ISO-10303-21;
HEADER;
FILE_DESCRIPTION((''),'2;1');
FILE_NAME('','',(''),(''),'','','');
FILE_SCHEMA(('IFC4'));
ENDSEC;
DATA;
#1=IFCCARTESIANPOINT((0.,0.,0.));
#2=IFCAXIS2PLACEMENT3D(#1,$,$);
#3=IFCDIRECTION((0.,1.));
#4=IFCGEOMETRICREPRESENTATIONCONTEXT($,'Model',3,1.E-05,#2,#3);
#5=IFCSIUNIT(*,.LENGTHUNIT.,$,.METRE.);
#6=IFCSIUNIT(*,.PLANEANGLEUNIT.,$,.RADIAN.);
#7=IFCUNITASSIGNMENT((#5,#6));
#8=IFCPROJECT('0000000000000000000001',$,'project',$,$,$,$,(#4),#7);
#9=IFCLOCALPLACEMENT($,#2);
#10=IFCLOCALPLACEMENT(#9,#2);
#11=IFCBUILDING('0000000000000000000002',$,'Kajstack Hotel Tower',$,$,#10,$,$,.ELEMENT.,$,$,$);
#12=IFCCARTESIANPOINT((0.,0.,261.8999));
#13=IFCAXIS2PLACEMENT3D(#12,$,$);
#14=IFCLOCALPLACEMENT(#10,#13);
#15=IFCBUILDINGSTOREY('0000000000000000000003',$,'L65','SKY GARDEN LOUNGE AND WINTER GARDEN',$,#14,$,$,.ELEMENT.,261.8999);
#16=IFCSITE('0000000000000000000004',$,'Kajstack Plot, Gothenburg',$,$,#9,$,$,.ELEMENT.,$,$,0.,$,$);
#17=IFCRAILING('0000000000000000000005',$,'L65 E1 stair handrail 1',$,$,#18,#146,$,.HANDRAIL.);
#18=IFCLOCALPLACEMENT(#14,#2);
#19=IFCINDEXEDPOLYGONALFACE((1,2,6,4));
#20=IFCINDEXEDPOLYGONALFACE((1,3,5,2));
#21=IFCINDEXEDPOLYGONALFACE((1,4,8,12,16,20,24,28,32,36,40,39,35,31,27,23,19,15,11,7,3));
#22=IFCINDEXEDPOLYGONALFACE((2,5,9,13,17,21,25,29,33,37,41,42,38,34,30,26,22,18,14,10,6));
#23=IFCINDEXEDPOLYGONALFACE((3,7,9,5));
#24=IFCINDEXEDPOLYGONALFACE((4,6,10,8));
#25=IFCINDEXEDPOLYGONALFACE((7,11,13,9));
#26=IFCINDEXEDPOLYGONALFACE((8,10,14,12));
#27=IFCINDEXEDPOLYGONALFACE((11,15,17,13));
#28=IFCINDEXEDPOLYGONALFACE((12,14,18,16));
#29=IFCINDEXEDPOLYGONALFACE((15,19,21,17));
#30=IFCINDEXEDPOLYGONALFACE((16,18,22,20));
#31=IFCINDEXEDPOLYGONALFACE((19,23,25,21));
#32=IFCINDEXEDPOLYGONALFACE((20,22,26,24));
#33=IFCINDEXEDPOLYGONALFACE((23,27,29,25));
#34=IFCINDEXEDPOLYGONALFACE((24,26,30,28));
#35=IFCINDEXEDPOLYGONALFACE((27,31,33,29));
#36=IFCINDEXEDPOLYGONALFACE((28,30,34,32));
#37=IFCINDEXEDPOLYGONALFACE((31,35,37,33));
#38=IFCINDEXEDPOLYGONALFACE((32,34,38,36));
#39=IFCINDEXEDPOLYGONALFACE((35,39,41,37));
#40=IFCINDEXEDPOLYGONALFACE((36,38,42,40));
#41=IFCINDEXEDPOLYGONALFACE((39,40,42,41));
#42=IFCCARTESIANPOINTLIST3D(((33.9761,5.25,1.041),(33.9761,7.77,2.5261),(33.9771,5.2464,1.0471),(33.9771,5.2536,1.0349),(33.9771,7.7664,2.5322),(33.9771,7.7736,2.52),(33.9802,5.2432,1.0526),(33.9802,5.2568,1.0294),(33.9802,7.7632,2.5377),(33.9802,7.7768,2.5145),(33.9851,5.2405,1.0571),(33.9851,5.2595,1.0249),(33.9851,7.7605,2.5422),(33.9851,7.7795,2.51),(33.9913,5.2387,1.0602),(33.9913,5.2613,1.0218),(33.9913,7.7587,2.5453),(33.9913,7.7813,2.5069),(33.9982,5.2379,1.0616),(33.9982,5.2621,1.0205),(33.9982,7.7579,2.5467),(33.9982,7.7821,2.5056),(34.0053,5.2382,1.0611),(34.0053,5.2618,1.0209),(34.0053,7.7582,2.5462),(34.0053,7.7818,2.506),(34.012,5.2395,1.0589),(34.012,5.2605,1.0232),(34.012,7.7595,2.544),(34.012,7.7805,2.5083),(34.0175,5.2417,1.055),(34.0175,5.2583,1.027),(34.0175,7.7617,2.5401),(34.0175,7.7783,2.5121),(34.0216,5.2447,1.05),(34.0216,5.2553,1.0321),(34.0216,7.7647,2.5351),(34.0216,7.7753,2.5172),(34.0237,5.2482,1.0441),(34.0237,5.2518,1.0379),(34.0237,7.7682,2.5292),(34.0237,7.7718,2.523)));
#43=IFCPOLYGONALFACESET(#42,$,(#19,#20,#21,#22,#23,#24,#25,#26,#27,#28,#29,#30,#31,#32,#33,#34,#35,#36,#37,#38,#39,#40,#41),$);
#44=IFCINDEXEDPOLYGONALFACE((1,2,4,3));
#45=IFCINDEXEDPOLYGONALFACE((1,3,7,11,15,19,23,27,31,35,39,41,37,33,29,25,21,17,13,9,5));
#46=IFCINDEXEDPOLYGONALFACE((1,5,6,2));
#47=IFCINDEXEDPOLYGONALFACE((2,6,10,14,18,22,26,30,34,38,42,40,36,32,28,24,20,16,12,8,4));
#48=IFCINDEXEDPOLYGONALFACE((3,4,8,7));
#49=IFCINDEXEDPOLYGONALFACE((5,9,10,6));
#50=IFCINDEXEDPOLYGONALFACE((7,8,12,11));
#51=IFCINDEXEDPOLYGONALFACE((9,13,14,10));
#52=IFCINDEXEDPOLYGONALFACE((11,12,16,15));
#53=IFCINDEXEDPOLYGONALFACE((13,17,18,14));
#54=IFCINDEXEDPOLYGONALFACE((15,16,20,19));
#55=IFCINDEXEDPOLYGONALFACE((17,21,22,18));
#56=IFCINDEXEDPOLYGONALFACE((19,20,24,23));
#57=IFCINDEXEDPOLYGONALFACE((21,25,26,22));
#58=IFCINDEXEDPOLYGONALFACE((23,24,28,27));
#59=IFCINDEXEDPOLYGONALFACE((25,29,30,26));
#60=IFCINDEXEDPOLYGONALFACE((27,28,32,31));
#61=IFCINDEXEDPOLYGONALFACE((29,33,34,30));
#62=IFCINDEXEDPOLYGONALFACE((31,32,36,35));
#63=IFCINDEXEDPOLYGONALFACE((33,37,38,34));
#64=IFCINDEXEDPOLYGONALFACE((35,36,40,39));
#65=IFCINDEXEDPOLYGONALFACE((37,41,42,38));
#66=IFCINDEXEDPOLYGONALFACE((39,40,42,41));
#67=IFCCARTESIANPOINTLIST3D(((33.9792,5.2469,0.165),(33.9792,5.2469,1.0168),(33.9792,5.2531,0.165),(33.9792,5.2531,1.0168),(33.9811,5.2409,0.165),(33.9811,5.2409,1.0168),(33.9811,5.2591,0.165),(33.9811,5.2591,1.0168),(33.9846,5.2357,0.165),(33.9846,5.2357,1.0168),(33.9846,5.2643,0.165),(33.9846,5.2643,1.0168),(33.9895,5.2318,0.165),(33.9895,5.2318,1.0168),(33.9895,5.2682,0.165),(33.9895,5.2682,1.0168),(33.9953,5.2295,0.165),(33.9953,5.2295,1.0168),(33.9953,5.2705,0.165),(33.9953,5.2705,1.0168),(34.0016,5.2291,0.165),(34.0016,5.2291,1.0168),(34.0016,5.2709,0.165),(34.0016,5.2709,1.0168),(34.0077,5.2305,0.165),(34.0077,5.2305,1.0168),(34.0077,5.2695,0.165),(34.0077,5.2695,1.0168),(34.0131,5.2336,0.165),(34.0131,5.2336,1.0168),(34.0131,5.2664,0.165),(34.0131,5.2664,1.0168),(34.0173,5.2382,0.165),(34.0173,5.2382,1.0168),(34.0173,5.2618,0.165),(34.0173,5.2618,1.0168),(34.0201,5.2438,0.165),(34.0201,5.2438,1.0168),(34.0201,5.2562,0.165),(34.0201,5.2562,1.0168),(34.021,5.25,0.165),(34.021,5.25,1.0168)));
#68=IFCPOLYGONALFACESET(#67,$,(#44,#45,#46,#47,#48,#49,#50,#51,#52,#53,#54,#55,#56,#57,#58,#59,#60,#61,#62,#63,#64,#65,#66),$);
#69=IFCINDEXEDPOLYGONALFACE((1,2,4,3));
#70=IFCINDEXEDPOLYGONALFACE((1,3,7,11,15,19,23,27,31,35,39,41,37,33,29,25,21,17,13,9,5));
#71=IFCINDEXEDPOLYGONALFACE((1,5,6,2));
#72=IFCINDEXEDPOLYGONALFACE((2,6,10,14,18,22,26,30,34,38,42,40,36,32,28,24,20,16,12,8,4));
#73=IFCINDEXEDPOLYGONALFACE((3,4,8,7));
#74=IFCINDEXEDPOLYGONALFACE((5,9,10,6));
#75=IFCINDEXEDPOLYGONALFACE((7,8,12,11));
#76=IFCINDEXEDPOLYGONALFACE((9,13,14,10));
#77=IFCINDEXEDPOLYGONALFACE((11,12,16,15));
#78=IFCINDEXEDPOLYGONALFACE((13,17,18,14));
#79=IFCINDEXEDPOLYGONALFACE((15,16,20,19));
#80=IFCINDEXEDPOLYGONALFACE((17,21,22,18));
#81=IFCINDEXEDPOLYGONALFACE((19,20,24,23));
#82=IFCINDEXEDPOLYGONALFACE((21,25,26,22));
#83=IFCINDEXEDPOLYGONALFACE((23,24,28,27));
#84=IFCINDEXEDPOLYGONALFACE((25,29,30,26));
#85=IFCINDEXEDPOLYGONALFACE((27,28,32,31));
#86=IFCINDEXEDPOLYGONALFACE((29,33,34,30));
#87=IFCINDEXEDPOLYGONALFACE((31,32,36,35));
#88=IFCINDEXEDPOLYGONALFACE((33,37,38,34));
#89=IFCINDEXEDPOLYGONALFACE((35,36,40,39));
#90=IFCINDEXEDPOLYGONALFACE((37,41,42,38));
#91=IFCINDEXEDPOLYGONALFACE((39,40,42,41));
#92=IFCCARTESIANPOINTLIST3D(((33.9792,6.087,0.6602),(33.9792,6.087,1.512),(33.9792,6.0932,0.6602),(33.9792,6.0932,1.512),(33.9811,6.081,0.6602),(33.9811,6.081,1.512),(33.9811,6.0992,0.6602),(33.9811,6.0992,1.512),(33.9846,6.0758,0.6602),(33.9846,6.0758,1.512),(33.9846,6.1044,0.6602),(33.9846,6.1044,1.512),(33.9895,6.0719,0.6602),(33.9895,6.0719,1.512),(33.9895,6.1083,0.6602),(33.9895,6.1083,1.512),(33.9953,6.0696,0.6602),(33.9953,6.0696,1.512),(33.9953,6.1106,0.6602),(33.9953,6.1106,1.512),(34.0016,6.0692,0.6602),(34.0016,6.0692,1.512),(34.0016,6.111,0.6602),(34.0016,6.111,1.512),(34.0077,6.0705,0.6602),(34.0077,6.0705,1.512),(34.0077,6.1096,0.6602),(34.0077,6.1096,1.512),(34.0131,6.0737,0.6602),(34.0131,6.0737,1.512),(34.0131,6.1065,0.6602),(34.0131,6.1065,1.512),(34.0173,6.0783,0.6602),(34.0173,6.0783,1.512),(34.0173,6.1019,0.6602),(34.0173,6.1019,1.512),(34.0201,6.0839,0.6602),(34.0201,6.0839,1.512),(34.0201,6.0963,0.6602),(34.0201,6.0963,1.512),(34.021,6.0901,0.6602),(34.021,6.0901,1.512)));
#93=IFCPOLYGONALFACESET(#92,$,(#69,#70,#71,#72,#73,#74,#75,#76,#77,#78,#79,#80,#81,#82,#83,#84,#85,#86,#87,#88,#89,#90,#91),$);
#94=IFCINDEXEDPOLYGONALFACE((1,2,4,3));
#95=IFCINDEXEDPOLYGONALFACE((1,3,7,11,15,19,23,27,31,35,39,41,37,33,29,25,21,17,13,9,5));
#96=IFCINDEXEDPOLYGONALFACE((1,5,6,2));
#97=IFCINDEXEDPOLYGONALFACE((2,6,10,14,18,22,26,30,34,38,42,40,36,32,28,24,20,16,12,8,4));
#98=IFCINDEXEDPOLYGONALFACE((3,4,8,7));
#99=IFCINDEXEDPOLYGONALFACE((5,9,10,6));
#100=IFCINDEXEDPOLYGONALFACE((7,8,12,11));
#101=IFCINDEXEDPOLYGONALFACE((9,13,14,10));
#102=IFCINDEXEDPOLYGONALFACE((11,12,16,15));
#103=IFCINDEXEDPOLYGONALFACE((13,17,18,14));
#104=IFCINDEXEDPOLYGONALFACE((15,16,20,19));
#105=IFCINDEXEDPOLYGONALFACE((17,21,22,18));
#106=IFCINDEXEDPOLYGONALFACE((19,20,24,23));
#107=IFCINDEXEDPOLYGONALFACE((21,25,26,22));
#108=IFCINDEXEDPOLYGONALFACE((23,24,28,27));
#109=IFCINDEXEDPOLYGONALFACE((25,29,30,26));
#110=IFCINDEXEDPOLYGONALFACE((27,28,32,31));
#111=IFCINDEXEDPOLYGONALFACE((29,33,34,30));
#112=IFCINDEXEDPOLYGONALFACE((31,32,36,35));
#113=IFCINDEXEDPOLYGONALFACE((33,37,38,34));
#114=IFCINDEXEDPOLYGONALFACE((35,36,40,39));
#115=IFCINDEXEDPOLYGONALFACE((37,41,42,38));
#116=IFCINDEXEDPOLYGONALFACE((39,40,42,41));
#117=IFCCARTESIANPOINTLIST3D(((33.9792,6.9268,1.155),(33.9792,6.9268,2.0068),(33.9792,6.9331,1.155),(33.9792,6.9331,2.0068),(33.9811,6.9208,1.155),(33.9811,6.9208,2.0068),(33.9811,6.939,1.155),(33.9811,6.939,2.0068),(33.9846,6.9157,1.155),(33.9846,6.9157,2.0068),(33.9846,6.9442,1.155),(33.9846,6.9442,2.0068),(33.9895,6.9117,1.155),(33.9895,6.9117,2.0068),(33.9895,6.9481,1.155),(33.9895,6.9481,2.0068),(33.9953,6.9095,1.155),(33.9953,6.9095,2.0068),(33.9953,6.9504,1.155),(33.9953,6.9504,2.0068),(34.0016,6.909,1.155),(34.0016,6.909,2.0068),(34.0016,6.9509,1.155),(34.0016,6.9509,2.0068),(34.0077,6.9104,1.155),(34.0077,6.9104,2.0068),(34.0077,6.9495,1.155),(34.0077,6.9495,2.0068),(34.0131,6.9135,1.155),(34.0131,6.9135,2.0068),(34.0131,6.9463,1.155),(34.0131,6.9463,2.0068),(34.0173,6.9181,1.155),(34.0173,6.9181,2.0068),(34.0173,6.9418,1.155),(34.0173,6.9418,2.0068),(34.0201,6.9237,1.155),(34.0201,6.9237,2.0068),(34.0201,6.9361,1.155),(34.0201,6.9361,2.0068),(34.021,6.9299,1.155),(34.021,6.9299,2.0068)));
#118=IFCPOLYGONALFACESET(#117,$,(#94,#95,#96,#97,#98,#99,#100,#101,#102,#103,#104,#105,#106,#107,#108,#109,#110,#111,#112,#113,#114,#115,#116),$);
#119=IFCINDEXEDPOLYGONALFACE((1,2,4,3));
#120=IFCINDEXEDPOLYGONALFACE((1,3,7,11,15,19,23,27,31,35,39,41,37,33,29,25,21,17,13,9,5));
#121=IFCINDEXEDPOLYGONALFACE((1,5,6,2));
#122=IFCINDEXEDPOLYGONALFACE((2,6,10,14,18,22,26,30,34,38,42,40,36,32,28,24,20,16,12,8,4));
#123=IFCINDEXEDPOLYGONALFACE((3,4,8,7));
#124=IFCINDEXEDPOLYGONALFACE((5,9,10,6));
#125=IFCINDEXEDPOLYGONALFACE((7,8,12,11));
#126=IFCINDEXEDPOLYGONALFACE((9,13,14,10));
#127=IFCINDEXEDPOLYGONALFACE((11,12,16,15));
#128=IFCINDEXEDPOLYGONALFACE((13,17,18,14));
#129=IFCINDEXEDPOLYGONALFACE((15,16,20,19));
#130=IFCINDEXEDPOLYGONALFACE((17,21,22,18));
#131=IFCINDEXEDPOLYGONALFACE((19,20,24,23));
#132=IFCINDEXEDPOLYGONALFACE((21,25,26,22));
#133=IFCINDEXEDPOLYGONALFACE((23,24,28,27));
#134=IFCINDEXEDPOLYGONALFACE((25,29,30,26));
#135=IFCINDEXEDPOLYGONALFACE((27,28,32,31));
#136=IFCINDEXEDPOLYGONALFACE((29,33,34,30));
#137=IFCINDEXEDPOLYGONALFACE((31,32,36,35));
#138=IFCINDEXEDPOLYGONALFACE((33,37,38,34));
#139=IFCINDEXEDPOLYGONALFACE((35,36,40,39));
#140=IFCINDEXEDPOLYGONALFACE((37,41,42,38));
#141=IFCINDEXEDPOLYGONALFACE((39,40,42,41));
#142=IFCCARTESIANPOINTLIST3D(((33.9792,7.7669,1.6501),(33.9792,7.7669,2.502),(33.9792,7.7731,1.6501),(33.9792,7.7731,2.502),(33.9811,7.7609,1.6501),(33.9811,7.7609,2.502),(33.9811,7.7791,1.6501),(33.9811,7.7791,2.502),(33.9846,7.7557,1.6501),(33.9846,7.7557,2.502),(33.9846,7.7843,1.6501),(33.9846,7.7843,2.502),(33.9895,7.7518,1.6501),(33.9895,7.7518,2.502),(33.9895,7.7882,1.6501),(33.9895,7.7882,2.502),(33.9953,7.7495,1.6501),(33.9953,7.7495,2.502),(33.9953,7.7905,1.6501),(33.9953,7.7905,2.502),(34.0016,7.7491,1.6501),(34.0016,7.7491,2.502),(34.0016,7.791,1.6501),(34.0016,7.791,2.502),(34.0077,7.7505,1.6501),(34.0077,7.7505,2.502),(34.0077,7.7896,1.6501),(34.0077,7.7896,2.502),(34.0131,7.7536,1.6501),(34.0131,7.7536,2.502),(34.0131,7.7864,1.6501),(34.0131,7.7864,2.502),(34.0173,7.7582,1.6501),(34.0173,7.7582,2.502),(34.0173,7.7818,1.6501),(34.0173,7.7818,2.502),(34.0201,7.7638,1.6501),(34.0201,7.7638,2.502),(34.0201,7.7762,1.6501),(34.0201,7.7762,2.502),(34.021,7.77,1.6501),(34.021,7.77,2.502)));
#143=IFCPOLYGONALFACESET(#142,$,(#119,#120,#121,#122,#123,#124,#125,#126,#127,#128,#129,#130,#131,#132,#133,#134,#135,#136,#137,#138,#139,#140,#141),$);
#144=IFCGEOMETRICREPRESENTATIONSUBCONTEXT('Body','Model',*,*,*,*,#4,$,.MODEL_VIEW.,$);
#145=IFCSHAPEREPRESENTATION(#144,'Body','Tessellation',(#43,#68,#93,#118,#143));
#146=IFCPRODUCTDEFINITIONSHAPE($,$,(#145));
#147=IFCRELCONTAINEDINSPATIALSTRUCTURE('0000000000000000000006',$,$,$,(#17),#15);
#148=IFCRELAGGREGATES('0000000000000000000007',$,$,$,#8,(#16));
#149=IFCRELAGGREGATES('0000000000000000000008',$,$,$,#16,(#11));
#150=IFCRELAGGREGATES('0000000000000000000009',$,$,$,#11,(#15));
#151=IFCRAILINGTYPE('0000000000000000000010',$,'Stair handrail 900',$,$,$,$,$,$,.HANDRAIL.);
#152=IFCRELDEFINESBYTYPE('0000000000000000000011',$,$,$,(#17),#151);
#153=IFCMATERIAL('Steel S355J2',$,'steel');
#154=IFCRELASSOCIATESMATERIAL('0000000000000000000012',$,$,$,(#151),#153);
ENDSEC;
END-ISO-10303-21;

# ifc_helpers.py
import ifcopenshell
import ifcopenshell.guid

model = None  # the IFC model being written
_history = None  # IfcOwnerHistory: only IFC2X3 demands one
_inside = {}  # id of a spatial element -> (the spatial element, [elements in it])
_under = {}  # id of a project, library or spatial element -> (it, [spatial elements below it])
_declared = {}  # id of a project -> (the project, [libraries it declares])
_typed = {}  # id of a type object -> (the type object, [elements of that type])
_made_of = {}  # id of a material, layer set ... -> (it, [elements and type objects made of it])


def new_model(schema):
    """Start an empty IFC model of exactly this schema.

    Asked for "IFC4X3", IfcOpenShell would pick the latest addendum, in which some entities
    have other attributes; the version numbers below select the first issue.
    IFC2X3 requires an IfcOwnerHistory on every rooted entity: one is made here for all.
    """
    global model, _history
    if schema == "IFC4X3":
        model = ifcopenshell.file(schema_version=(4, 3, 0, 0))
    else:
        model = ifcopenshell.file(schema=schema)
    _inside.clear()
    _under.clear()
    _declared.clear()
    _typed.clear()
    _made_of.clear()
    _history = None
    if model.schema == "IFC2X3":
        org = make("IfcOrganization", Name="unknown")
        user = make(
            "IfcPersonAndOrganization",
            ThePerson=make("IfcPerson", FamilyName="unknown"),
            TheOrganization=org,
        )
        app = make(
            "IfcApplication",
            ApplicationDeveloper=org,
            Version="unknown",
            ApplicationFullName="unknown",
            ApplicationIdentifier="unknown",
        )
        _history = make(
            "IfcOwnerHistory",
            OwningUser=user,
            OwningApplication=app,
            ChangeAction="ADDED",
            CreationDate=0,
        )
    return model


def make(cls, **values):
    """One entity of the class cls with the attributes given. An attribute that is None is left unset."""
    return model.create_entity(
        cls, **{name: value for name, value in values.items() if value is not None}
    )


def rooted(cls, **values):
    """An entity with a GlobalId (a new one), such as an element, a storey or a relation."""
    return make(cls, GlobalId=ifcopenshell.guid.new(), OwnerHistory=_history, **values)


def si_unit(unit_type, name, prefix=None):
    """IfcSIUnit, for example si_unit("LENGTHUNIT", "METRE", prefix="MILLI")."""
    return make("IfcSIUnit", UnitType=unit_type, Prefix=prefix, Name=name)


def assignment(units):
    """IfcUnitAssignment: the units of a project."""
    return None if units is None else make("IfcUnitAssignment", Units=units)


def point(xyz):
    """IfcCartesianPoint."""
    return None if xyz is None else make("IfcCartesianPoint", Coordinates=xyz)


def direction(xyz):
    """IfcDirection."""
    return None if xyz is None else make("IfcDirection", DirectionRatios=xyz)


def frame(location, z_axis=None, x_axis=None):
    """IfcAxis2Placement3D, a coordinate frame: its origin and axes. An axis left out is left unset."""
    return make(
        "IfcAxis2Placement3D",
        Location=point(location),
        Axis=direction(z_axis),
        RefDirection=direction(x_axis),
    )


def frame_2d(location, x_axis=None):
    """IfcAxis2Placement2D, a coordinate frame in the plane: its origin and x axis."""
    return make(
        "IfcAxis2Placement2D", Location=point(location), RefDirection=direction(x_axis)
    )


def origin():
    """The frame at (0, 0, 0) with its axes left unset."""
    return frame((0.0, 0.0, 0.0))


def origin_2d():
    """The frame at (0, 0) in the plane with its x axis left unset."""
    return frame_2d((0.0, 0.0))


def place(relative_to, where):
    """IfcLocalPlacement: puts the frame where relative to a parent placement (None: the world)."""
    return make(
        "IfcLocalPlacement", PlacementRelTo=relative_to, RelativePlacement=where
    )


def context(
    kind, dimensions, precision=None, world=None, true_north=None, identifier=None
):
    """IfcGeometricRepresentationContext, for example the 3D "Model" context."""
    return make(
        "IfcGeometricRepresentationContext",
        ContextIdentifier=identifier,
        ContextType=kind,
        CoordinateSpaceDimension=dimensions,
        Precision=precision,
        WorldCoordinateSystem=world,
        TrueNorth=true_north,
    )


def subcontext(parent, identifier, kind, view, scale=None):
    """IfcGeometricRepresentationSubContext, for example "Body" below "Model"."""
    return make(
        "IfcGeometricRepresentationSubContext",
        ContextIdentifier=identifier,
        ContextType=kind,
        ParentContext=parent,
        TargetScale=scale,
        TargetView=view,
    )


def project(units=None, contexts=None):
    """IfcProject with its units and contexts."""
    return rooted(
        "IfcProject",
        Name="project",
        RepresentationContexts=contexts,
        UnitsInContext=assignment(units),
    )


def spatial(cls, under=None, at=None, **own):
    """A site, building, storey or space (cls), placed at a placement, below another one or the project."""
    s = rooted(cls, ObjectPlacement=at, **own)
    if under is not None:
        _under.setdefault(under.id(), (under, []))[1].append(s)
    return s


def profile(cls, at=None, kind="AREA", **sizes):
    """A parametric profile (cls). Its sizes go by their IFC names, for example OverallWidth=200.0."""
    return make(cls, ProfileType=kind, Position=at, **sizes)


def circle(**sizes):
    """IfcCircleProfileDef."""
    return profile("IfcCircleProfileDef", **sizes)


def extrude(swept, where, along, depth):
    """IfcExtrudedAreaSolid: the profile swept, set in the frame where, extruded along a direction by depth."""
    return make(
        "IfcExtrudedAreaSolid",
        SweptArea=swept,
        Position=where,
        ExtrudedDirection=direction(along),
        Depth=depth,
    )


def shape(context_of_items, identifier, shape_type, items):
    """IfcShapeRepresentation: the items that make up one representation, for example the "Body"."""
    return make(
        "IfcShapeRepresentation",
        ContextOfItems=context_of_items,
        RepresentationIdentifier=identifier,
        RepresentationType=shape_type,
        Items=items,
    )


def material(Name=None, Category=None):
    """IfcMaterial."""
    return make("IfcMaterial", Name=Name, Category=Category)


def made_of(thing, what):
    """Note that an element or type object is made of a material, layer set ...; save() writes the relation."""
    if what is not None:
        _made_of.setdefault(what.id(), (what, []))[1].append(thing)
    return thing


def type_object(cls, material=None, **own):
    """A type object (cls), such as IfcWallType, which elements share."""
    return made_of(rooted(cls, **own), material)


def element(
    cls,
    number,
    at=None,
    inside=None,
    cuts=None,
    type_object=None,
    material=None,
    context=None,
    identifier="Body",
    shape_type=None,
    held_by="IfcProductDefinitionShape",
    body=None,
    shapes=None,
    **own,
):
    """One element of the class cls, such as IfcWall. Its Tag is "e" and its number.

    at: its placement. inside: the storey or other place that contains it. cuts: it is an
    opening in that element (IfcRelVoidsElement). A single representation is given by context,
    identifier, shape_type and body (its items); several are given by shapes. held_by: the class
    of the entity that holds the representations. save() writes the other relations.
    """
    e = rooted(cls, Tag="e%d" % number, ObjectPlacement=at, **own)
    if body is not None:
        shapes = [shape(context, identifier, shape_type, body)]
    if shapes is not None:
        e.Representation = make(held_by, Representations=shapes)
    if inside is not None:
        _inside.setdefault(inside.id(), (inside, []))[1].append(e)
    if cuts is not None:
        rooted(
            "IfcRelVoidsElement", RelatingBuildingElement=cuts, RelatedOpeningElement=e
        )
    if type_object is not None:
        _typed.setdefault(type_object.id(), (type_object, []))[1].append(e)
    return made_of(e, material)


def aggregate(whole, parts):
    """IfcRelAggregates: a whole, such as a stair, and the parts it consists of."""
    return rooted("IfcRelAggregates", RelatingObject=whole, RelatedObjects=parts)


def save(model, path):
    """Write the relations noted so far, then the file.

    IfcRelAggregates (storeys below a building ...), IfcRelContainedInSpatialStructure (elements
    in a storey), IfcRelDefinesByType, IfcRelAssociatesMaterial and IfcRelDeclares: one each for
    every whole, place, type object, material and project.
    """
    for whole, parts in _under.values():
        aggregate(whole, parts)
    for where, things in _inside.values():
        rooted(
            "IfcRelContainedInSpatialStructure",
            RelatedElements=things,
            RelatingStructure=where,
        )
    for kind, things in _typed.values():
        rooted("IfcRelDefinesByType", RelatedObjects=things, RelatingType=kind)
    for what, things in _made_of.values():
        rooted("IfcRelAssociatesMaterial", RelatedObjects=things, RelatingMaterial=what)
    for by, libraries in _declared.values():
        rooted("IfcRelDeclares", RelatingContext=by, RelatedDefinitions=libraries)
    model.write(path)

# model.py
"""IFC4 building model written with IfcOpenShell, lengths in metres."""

from ifc_helpers import new_model, si_unit, direction, frame, origin, origin_2d, place, context, subcontext, project, spatial, circle, extrude, material, type_object, element, save


model = new_model("IFC4")

# Units and contexts
model_context = context("Model", 3, precision=1e-05, world=origin(), true_north=direction((0.0, 1.0)))
body_context = subcontext(model_context, "Body", "Model", "MODEL_VIEW")
ifc_project = project(units=[si_unit("LENGTHUNIT", "METRE"), si_unit("PLANEANGLEUNIT", "RADIAN")], contexts=[model_context])

# Site, building, storey
site_placement = place(None, origin())
site = spatial("IfcSite", under=ifc_project, at=site_placement, Name="Kajstack Plot, Gothenburg", CompositionType="ELEMENT", RefElevation=0.0)
building_placement = place(site_placement, origin())
building = spatial("IfcBuilding", under=site, at=building_placement, Name="Kajstack Hotel Tower", CompositionType="ELEMENT")
storey_placement = place(building_placement, frame((0.0, 0.0, 261.8999)))
storey = spatial("IfcBuildingStorey", under=building, at=storey_placement, Name="L65", Description="SKY GARDEN LOUNGE AND WINTER GARDEN", CompositionType="ELEMENT", Elevation=261.8999)

# Railing
ifc_material_1 = material(Name="Steel S355J2", Category="steel")
railing_type_1 = type_object("IfcRailingType", Name="Stair handrail 900", PredefinedType="HANDRAIL", material=ifc_material_1)
railing_1_placement = place(storey_placement, frame((34.0, 5.25, 0.165)))
element("IfcRailing", 1, at=railing_1_placement, inside=storey, type_object=railing_type_1, Name="L65 E1 stair handrail 1", PredefinedType="HANDRAIL", context=body_context, shape_type="SweptSolid", body=[
    extrude(circle(Radius=0.0239, at=origin_2d()), frame((0.0, 0.0, 0.876), z_axis=(0.0, 0.861524, 0.507717), x_axis=(-1.0, 0.0, 0.0)), (0.0, 0.0, 1.0), 2.925),
    extrude(circle(Radius=0.021, at=origin_2d()), origin(), (0.0, 0.0, 1.0), 0.8518),
    extrude(circle(Radius=0.021, at=origin_2d()), frame((0.0, 0.8401, 0.4951)), (0.0, 0.0, 1.0), 0.8518),
    extrude(circle(Radius=0.021, at=origin_2d()), frame((0.0, 1.6799, 0.99)), (0.0, 0.0, 1.0), 0.8518),
    extrude(circle(Radius=0.021, at=origin_2d()), frame((0.0, 2.52, 1.4851)), (0.0, 0.0, 1.0), 0.8518),
])

save(model, "model.ifc")
